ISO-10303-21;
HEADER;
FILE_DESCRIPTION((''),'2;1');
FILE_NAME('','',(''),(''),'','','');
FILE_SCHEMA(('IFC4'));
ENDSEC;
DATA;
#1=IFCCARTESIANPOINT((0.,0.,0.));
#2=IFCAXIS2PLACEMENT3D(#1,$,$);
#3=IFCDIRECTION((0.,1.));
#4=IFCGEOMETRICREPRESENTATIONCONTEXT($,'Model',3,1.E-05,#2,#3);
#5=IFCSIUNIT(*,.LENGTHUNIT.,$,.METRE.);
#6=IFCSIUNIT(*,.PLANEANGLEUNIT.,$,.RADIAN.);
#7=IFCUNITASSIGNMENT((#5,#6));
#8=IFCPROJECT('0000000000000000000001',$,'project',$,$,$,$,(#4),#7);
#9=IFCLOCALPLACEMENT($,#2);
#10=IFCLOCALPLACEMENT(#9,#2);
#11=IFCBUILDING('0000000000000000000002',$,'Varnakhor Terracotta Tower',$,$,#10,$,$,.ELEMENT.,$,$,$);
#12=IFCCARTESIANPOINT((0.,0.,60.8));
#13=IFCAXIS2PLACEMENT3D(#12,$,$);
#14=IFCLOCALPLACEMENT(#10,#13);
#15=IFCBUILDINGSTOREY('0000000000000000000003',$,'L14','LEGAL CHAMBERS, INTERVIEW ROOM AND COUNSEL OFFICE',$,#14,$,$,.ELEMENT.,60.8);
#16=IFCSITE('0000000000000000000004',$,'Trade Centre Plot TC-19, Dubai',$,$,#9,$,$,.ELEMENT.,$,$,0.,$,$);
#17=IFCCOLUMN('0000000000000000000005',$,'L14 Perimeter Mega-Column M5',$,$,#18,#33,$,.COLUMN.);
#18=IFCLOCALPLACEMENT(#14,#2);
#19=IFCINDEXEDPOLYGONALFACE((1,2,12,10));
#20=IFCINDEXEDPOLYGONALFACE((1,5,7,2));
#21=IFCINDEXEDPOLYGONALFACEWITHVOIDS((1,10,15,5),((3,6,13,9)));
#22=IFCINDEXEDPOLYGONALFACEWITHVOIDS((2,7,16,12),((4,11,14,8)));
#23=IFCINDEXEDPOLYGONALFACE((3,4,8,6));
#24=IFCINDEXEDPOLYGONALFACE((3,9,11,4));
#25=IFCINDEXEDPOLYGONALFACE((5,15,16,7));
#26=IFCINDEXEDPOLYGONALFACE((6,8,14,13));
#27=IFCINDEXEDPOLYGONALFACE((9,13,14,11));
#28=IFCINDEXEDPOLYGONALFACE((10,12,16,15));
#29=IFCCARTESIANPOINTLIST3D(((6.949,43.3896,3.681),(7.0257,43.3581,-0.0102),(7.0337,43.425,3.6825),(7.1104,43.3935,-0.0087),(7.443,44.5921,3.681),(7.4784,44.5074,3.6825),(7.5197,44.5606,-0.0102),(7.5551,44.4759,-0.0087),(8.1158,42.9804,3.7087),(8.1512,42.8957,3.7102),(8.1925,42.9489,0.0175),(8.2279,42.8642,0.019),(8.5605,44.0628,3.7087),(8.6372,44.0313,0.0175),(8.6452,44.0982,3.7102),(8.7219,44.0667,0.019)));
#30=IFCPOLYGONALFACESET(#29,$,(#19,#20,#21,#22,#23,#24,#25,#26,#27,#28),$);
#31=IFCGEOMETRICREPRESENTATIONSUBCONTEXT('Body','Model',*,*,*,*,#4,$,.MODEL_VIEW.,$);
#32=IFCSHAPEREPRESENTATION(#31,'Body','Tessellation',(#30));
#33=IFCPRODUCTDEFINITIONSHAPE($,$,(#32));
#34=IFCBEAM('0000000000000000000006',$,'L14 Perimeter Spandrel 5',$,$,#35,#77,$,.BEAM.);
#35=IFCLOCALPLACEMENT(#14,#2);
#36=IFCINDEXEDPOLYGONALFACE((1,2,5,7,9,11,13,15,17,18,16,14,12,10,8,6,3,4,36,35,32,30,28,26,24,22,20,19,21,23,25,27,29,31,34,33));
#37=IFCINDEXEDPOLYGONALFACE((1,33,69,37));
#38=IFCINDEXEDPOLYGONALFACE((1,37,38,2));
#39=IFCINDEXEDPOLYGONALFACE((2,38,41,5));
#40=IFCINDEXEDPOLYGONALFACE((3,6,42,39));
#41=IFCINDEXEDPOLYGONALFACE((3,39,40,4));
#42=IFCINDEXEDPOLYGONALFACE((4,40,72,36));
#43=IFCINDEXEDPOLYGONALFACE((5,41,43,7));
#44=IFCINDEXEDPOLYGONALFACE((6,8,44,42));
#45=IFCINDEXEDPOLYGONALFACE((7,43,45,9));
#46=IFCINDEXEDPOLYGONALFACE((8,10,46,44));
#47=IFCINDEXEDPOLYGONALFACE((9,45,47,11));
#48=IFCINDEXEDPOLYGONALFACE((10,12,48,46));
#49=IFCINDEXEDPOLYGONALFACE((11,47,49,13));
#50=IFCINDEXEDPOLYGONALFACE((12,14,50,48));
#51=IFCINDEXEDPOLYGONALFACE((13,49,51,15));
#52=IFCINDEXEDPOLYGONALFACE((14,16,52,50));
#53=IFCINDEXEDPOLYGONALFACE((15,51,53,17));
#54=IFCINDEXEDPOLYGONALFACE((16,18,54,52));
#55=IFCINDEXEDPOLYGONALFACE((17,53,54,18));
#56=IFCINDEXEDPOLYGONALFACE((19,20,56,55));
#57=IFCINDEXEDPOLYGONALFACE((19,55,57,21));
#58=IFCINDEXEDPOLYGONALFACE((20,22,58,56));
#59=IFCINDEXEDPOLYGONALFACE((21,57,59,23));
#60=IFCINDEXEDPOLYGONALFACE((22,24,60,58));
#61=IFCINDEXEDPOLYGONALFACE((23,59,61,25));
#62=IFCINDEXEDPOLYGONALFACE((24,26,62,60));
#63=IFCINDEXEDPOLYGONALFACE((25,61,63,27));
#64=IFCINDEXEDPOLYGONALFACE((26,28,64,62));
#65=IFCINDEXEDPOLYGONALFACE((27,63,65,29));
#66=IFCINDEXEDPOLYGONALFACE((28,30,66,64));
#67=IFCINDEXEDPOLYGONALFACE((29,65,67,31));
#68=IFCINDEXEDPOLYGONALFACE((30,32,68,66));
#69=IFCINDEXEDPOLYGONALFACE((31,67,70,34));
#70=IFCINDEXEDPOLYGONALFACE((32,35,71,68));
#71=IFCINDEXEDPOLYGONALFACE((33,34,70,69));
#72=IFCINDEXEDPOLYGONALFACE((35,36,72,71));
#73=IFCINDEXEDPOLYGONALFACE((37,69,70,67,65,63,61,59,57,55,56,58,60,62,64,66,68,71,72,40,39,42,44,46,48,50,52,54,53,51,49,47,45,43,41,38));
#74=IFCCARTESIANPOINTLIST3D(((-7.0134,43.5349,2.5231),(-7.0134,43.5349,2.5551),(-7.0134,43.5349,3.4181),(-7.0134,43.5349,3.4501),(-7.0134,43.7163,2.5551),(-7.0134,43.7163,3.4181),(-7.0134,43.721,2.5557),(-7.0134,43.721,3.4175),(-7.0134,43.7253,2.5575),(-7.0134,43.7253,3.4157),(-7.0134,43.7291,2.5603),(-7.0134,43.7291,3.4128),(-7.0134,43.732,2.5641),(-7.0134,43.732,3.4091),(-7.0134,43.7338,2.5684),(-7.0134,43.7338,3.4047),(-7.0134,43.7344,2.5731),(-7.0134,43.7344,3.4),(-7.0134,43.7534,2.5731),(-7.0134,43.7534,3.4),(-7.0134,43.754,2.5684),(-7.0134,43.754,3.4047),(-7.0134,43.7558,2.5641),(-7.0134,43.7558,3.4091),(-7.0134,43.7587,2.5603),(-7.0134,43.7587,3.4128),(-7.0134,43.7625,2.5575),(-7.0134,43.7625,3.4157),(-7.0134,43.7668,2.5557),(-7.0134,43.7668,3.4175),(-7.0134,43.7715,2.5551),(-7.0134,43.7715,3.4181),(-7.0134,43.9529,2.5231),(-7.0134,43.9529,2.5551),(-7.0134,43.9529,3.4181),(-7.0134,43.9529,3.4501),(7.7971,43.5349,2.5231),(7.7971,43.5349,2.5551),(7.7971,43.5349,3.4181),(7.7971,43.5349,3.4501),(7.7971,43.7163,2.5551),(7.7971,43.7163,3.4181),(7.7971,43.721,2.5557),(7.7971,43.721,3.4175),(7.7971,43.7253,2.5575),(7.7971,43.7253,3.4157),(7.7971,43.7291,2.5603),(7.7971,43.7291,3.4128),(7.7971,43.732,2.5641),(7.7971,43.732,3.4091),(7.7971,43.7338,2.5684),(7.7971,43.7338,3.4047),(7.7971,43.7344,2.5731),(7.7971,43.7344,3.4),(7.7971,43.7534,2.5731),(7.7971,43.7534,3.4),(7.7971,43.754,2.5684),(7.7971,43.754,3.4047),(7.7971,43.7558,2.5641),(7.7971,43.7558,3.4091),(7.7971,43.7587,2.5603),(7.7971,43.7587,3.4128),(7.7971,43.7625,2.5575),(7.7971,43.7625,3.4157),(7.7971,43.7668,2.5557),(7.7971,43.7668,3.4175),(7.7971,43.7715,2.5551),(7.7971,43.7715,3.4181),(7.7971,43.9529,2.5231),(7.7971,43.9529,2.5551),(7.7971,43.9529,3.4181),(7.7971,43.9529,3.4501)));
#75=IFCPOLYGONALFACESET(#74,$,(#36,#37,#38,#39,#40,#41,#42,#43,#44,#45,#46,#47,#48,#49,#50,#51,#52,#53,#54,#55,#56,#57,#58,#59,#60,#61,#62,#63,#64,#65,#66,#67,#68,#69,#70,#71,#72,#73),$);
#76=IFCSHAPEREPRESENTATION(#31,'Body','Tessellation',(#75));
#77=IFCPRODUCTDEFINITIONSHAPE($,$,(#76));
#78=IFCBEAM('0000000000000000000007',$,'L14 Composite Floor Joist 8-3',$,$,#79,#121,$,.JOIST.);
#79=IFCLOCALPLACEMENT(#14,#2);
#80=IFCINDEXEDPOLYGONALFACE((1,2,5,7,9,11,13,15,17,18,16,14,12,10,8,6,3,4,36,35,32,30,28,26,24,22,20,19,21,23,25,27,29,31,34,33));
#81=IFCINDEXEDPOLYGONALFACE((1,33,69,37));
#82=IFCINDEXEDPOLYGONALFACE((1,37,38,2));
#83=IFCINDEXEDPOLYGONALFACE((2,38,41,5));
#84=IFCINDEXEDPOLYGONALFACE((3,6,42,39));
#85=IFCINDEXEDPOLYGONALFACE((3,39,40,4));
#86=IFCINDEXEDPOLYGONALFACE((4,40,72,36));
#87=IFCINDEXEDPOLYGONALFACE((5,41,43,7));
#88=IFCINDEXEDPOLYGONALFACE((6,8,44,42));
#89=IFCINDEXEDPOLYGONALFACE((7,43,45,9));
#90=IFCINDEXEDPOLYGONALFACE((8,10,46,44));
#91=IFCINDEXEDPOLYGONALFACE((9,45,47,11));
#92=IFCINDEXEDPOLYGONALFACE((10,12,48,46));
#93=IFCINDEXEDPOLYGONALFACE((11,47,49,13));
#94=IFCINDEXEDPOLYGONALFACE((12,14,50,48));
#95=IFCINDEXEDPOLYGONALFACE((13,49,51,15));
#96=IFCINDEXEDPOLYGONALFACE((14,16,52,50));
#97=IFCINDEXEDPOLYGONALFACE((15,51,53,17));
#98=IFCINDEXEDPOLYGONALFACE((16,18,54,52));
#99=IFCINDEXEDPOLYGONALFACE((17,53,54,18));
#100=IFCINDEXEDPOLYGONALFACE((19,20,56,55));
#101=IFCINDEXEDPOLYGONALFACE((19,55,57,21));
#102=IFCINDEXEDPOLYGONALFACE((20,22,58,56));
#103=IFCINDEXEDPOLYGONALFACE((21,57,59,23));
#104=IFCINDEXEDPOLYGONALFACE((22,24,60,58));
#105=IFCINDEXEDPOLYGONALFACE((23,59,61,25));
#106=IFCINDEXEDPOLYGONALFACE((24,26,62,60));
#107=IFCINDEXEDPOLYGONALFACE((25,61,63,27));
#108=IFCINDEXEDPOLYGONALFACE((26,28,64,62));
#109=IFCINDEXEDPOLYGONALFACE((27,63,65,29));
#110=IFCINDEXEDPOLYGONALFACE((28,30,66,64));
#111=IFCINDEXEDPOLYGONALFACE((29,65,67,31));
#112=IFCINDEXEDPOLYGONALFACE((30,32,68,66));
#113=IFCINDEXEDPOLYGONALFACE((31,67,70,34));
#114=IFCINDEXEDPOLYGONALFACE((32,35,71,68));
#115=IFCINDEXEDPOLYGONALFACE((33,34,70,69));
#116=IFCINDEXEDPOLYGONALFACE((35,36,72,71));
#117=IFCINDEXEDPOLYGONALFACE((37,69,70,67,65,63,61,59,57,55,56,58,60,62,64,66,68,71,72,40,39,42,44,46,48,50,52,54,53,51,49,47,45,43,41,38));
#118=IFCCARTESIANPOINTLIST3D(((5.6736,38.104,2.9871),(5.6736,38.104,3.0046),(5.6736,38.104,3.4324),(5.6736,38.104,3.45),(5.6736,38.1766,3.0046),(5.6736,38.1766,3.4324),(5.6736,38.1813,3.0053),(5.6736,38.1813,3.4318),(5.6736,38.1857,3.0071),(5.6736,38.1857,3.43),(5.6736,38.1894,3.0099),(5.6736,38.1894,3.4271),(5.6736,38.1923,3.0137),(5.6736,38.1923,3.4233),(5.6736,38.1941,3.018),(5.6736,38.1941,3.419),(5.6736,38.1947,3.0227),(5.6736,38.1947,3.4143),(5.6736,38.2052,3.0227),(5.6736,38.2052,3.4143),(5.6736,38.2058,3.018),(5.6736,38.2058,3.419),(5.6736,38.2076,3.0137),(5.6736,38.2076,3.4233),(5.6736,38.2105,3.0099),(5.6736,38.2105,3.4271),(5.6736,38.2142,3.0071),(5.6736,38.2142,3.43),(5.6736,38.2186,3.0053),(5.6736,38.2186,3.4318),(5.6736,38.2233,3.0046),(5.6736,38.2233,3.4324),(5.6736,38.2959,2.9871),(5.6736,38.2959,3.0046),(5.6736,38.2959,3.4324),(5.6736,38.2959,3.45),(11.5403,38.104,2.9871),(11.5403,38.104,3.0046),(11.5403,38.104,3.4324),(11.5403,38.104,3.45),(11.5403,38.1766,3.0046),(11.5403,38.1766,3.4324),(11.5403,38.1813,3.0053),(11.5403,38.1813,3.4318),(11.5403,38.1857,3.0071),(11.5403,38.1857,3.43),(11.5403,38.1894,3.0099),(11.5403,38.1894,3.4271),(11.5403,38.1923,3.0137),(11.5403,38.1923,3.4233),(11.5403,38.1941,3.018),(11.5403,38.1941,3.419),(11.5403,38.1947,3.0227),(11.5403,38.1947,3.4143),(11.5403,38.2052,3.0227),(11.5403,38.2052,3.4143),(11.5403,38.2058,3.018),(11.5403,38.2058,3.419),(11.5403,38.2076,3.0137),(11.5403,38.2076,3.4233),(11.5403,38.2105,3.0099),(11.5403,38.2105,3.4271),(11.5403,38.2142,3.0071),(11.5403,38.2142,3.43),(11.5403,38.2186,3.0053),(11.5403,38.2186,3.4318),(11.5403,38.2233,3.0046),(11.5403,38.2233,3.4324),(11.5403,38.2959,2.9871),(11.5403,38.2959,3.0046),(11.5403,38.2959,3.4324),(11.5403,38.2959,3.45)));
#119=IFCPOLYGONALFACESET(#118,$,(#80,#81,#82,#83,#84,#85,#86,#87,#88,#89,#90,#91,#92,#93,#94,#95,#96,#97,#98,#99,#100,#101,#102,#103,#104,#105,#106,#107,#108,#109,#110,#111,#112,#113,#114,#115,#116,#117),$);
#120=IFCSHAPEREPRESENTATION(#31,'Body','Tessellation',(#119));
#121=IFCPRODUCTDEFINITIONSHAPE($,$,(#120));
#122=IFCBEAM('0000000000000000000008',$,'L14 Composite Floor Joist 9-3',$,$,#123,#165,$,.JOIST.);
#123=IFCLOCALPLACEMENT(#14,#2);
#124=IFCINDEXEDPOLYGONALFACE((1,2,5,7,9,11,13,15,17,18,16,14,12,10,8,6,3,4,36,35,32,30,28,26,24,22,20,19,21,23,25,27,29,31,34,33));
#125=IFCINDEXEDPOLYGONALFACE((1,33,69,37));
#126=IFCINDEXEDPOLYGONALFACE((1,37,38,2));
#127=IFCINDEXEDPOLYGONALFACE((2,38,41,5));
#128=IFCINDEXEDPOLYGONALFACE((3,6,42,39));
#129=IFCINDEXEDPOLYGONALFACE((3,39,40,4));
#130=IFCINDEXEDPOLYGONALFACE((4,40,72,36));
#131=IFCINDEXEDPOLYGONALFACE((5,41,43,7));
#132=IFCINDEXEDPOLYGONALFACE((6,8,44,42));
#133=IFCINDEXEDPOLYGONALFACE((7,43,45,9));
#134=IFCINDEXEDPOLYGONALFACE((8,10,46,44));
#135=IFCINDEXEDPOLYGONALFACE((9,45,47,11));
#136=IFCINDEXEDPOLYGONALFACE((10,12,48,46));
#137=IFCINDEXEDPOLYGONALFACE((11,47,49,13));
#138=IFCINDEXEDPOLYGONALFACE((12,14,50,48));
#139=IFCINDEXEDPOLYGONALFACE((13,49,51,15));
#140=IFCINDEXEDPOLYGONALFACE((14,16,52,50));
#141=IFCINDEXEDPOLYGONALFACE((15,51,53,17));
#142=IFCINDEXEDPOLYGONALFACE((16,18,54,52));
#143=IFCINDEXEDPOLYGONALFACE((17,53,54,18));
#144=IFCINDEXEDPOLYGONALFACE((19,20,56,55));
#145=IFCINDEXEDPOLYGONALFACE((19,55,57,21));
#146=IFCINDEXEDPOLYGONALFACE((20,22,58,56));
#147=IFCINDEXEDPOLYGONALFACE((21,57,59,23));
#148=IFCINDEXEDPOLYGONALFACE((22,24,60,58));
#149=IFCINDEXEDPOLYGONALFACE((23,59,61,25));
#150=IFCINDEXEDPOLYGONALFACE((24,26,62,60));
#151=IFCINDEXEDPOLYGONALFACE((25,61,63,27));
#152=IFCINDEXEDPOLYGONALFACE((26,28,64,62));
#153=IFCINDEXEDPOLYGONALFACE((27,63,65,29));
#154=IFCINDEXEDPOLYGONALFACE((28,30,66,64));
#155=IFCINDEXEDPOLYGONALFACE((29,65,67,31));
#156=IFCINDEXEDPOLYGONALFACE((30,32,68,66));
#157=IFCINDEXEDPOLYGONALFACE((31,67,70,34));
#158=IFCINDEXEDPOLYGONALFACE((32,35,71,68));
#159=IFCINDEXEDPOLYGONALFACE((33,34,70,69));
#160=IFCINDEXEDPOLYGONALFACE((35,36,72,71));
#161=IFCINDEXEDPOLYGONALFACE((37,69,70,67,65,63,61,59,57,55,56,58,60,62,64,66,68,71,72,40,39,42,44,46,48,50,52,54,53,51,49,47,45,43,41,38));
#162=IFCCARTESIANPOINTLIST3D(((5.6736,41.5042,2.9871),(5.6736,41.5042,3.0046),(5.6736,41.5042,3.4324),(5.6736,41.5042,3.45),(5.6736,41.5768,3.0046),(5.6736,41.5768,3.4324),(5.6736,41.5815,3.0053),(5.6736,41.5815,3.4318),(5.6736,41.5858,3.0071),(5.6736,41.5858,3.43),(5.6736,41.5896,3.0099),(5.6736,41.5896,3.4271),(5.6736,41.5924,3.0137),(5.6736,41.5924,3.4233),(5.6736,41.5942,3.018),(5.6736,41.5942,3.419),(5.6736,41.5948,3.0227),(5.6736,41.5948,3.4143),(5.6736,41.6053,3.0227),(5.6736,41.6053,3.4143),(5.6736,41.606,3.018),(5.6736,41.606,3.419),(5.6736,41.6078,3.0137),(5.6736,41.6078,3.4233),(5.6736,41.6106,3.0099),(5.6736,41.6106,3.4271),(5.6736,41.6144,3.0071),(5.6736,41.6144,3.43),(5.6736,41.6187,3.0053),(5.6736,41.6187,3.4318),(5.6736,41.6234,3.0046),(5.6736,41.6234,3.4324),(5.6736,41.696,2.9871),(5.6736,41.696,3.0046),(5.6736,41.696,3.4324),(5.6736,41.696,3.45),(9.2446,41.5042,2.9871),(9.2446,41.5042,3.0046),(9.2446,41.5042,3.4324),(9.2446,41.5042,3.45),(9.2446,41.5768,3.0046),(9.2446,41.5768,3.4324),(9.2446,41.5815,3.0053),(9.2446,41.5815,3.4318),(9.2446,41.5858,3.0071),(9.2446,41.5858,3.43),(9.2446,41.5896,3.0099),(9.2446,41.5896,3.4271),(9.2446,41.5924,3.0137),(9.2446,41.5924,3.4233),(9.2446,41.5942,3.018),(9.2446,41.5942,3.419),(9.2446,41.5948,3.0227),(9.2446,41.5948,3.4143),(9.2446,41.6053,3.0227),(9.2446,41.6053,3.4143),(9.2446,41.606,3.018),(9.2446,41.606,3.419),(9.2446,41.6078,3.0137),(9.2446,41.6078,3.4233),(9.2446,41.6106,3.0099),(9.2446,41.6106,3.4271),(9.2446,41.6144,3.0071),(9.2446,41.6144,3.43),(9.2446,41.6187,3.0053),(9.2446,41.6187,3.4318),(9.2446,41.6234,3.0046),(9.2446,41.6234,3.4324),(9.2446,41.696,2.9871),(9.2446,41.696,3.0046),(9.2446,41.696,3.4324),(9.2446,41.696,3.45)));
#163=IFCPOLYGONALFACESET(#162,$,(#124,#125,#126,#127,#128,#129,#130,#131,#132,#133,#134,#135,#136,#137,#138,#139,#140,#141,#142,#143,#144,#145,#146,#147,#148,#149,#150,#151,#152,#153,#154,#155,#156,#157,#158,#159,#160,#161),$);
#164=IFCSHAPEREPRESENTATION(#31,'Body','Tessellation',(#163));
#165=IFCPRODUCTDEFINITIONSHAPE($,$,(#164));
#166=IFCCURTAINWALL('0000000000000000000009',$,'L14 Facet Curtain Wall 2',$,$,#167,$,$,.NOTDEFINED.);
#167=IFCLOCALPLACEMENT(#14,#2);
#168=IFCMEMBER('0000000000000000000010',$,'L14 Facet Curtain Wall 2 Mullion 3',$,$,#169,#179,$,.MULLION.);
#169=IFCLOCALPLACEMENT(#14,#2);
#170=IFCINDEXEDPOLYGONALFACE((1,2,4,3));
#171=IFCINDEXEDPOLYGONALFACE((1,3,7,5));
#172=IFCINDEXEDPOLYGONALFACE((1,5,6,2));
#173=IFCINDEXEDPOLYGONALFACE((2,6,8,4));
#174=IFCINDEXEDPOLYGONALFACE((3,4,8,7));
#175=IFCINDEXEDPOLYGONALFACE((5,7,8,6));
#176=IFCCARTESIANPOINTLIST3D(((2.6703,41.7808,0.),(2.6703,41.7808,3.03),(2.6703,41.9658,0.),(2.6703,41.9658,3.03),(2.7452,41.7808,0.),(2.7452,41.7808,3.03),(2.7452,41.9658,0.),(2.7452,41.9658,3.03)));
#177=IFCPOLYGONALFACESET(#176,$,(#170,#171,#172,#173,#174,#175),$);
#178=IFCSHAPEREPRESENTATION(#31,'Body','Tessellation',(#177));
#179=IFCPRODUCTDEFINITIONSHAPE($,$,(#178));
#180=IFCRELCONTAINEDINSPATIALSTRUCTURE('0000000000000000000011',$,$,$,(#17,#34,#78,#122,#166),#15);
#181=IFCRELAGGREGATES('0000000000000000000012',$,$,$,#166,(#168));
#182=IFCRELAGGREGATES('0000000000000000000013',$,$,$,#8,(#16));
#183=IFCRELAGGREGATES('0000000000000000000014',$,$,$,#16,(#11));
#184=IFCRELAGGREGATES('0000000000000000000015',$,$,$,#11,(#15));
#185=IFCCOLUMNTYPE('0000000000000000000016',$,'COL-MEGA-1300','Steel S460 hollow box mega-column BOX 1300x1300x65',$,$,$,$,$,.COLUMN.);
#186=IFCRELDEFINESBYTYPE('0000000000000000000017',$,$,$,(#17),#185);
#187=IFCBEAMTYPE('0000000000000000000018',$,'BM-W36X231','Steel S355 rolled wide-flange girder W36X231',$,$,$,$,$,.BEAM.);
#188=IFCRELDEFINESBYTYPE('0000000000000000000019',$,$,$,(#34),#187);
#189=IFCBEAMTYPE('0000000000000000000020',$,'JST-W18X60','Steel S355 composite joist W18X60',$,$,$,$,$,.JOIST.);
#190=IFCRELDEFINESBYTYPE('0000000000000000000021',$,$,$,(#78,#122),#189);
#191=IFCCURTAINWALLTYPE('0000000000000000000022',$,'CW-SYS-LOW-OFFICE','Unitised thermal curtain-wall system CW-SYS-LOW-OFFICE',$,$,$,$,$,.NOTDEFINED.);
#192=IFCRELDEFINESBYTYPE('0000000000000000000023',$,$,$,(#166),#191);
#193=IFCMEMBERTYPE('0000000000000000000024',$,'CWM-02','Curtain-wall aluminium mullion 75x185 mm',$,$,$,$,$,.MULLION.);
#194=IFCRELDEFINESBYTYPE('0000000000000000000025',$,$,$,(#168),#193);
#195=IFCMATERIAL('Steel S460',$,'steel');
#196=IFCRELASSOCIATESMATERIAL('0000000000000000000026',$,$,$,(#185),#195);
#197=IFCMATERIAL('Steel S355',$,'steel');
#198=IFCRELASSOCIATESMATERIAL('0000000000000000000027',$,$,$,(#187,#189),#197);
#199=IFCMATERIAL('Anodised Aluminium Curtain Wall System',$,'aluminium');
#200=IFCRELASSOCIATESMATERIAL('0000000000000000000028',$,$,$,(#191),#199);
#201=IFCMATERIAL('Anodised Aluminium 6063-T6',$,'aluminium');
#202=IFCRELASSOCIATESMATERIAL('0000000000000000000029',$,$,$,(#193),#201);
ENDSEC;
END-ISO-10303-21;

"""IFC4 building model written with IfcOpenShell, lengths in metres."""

from ifc_helpers import new_model, si_unit, direction, frame, origin, origin_2d, place, context, subcontext, project, spatial, rectangle, hollow_rectangle, i_section, extrude, source, transform, mapped, material, material_profile, profile_set, type_object, type_shapes, element, aggregate, save


model = new_model("IFC4")

# Units and contexts
model_context = context("Model", 3, precision=1e-05, world=origin(), true_north=direction((0.0, 1.0)))
body_context = subcontext(model_context, "Body", "Model", "MODEL_VIEW")
ifc_project = project(units=[si_unit("LENGTHUNIT", "METRE"), si_unit("PLANEANGLEUNIT", "RADIAN")], contexts=[model_context])

# Site, building, storey
site_placement = place(None, origin())
site = spatial("IfcSite", under=ifc_project, at=site_placement, Name="Trade Centre Plot TC-19, Dubai", CompositionType="ELEMENT", RefElevation=0.0)
building_placement = place(site_placement, origin())
building = spatial("IfcBuilding", under=site, at=building_placement, Name="Varnakhor Terracotta Tower", CompositionType="ELEMENT")
storey_placement = place(building_placement, frame((0.0, 0.0, 60.8)))
storey = spatial("IfcBuildingStorey", under=building, at=storey_placement, Name="L14", Description="LEGAL CHAMBERS, INTERVIEW ROOM AND COUNSEL OFFICE", CompositionType="ELEMENT", Elevation=60.8)

# Column
ifc_material_1 = material(Name="Steel S460", Category="steel")
ifc_material_profile_1 = material_profile(ifc_material_1, hollow_rectangle(XDim=1.3, YDim=1.3, WallThickness=0.0649, at=origin_2d()), Name="BOX 1300x1300x65")
ifc_profile_set_1 = profile_set([ifc_material_profile_1], Name="Steel S460")
column_type = type_object("IfcColumnType", Name="COL-MEGA-1300", Description="Steel S460 hollow box mega-column BOX 1300x1300x65", PredefinedType="COLUMN", material=ifc_profile_set_1)
shared_shape_1 = source(origin(), body_context, "Body", "SweptSolid", [
    extrude(hollow_rectangle(XDim=1.3, YDim=1.3, WallThickness=0.0649, at=origin_2d()), origin(), (0.0, 0.0, 1.0), 3.6921),
])
column_placement = place(storey_placement, frame((7.8738, 43.7124, 0.0044), z_axis=(-0.020763, 0.00853, 0.999748), x_axis=(-0.380009, -0.924983, 0.0)))
element("IfcColumn", 1, at=column_placement, inside=storey, type_object=column_type, Name="L14 Perimeter Mega-Column M5", PredefinedType="COLUMN", context=body_context, shape_type="MappedRepresentation", body=[
    mapped(shared_shape_1, transform((0.0, 0.0, 0.0), scale=1.0)),
])

# Beams
ifc_material_2 = material(Name="Steel S355", Category="steel")
ifc_material_profile_2 = material_profile(ifc_material_2, i_section(OverallWidth=0.418, OverallDepth=0.927, WebThickness=0.019, FlangeThickness=0.032, FilletRadius=0.0181, at=origin_2d()), Name="W36X231")
ifc_profile_set_2 = profile_set([ifc_material_profile_2], Name="Steel S355")
beam_type_1 = type_object("IfcBeamType", Name="BM-W36X231", Description="Steel S355 rolled wide-flange girder W36X231", PredefinedType="BEAM", material=ifc_profile_set_2)
shared_shape_2 = source(origin(), body_context, "Body", "SweptSolid", [
    extrude(i_section(OverallWidth=0.418, OverallDepth=0.927, WebThickness=0.019, FlangeThickness=0.032, FilletRadius=0.0181, at=origin_2d()), origin(), (0.0, 0.0, 1.0), 14.8105),
])
beam_1_placement = place(storey_placement, frame((7.7971, 43.7439, 2.9866), z_axis=(-1.0, 0.0, 0.0), x_axis=(0.0, -1.0, 0.0)))
element("IfcBeam", 2, at=beam_1_placement, inside=storey, type_object=beam_type_1, Name="L14 Perimeter Spandrel 5", PredefinedType="BEAM", context=body_context, shape_type="MappedRepresentation", body=[
    mapped(shared_shape_2, transform((0.0, 0.0, 0.0), scale=1.0)),
])
ifc_material_profile_3 = material_profile(ifc_material_2, i_section(OverallWidth=0.1919, OverallDepth=0.4629, WebThickness=0.0105, FlangeThickness=0.0176, FilletRadius=0.0181, at=origin_2d()), Name="W18X60")
ifc_profile_set_3 = profile_set([ifc_material_profile_3], Name="Steel S355")
beam_type_2 = type_object("IfcBeamType", Name="JST-W18X60", Description="Steel S355 composite joist W18X60", PredefinedType="JOIST", material=ifc_profile_set_3)
shared_shape_3 = source(origin(), body_context, "Body", "SweptSolid", [
    extrude(i_section(OverallWidth=0.1919, OverallDepth=0.4629, WebThickness=0.0105, FlangeThickness=0.0176, FilletRadius=0.0181, at=origin_2d()), origin(), (0.0, 0.0, 1.0), 5.8667),
])
beam_2_placement = place(storey_placement, frame((5.6736, 38.2, 3.2185), z_axis=(1.0, 0.0, 0.0), x_axis=(0.0, 1.0, 0.0)))
element("IfcBeam", 3, at=beam_2_placement, inside=storey, type_object=beam_type_2, Name="L14 Composite Floor Joist 8-3", PredefinedType="JOIST", context=body_context, shape_type="MappedRepresentation", body=[
    mapped(shared_shape_3, transform((0.0, 0.0, 0.0), scale=1.0)),
])
shared_shape_4 = source(origin(), body_context, "Body", "SweptSolid", [
    extrude(i_section(OverallWidth=0.1919, OverallDepth=0.4629, WebThickness=0.0105, FlangeThickness=0.0176, FilletRadius=0.0181, at=origin_2d()), origin(), (0.0, 0.0, 1.0), 3.571),
])
beam_3_placement = place(storey_placement, frame((5.6736, 41.6001, 3.2185), z_axis=(1.0, 0.0, 0.0), x_axis=(0.0, 1.0, 0.0)))
element("IfcBeam", 4, at=beam_3_placement, inside=storey, type_object=beam_type_2, Name="L14 Composite Floor Joist 9-3", PredefinedType="JOIST", context=body_context, shape_type="MappedRepresentation", body=[
    mapped(shared_shape_4, transform((0.0, 0.0, 0.0), scale=1.0)),
])

# Curtain wall, member
ifc_material_3 = material(Name="Anodised Aluminium Curtain Wall System", Category="aluminium")
curtain_wall_type = type_object("IfcCurtainWallType", Name="CW-SYS-LOW-OFFICE", Description="Unitised thermal curtain-wall system CW-SYS-LOW-OFFICE", PredefinedType="NOTDEFINED", material=ifc_material_3)
curtain_wall_1_placement = place(storey_placement, origin())
curtain_wall_1 = element("IfcCurtainWall", 5, at=curtain_wall_1_placement, inside=storey, type_object=curtain_wall_type, Name="L14 Facet Curtain Wall 2", PredefinedType="NOTDEFINED")
ifc_material_4 = material(Name="Anodised Aluminium 6063-T6", Category="aluminium")
ifc_material_profile_4 = material_profile(ifc_material_4, rectangle(XDim=0.075, YDim=0.1851, at=origin_2d()), Name="ALU MULLION 75x185")
ifc_profile_set_4 = profile_set([ifc_material_profile_4], Name="Anodised Aluminium 6063-T6")
member_type_1 = type_object("IfcMemberType", Name="CWM-02", Description="Curtain-wall aluminium mullion 75x185 mm", PredefinedType="MULLION", material=ifc_profile_set_4)
shared_shape_5 = source(origin(), body_context, "Body", "SweptSolid", [
    extrude(rectangle(XDim=0.075, YDim=0.1851, at=origin_2d()), origin(), (0.0, 0.0, 1.0), 3.03),
])
type_shapes(member_type_1, [shared_shape_5])
member_1_placement = place(storey_placement, frame((2.7078, 41.8733, 0.0), z_axis=(0.0, 0.0, 1.0), x_axis=(1.0, 0.0, 0.0)))
member_1 = element("IfcMember", 6, at=member_1_placement, type_object=member_type_1, Name="L14 Facet Curtain Wall 2 Mullion 3", PredefinedType="MULLION", context=body_context, shape_type="MappedRepresentation", body=[
    mapped(shared_shape_5, transform((0.0, 0.0, 0.0), scale=1.0)),
])

aggregate(curtain_wall_1, [member_1])

save(model, "model.ifc")
